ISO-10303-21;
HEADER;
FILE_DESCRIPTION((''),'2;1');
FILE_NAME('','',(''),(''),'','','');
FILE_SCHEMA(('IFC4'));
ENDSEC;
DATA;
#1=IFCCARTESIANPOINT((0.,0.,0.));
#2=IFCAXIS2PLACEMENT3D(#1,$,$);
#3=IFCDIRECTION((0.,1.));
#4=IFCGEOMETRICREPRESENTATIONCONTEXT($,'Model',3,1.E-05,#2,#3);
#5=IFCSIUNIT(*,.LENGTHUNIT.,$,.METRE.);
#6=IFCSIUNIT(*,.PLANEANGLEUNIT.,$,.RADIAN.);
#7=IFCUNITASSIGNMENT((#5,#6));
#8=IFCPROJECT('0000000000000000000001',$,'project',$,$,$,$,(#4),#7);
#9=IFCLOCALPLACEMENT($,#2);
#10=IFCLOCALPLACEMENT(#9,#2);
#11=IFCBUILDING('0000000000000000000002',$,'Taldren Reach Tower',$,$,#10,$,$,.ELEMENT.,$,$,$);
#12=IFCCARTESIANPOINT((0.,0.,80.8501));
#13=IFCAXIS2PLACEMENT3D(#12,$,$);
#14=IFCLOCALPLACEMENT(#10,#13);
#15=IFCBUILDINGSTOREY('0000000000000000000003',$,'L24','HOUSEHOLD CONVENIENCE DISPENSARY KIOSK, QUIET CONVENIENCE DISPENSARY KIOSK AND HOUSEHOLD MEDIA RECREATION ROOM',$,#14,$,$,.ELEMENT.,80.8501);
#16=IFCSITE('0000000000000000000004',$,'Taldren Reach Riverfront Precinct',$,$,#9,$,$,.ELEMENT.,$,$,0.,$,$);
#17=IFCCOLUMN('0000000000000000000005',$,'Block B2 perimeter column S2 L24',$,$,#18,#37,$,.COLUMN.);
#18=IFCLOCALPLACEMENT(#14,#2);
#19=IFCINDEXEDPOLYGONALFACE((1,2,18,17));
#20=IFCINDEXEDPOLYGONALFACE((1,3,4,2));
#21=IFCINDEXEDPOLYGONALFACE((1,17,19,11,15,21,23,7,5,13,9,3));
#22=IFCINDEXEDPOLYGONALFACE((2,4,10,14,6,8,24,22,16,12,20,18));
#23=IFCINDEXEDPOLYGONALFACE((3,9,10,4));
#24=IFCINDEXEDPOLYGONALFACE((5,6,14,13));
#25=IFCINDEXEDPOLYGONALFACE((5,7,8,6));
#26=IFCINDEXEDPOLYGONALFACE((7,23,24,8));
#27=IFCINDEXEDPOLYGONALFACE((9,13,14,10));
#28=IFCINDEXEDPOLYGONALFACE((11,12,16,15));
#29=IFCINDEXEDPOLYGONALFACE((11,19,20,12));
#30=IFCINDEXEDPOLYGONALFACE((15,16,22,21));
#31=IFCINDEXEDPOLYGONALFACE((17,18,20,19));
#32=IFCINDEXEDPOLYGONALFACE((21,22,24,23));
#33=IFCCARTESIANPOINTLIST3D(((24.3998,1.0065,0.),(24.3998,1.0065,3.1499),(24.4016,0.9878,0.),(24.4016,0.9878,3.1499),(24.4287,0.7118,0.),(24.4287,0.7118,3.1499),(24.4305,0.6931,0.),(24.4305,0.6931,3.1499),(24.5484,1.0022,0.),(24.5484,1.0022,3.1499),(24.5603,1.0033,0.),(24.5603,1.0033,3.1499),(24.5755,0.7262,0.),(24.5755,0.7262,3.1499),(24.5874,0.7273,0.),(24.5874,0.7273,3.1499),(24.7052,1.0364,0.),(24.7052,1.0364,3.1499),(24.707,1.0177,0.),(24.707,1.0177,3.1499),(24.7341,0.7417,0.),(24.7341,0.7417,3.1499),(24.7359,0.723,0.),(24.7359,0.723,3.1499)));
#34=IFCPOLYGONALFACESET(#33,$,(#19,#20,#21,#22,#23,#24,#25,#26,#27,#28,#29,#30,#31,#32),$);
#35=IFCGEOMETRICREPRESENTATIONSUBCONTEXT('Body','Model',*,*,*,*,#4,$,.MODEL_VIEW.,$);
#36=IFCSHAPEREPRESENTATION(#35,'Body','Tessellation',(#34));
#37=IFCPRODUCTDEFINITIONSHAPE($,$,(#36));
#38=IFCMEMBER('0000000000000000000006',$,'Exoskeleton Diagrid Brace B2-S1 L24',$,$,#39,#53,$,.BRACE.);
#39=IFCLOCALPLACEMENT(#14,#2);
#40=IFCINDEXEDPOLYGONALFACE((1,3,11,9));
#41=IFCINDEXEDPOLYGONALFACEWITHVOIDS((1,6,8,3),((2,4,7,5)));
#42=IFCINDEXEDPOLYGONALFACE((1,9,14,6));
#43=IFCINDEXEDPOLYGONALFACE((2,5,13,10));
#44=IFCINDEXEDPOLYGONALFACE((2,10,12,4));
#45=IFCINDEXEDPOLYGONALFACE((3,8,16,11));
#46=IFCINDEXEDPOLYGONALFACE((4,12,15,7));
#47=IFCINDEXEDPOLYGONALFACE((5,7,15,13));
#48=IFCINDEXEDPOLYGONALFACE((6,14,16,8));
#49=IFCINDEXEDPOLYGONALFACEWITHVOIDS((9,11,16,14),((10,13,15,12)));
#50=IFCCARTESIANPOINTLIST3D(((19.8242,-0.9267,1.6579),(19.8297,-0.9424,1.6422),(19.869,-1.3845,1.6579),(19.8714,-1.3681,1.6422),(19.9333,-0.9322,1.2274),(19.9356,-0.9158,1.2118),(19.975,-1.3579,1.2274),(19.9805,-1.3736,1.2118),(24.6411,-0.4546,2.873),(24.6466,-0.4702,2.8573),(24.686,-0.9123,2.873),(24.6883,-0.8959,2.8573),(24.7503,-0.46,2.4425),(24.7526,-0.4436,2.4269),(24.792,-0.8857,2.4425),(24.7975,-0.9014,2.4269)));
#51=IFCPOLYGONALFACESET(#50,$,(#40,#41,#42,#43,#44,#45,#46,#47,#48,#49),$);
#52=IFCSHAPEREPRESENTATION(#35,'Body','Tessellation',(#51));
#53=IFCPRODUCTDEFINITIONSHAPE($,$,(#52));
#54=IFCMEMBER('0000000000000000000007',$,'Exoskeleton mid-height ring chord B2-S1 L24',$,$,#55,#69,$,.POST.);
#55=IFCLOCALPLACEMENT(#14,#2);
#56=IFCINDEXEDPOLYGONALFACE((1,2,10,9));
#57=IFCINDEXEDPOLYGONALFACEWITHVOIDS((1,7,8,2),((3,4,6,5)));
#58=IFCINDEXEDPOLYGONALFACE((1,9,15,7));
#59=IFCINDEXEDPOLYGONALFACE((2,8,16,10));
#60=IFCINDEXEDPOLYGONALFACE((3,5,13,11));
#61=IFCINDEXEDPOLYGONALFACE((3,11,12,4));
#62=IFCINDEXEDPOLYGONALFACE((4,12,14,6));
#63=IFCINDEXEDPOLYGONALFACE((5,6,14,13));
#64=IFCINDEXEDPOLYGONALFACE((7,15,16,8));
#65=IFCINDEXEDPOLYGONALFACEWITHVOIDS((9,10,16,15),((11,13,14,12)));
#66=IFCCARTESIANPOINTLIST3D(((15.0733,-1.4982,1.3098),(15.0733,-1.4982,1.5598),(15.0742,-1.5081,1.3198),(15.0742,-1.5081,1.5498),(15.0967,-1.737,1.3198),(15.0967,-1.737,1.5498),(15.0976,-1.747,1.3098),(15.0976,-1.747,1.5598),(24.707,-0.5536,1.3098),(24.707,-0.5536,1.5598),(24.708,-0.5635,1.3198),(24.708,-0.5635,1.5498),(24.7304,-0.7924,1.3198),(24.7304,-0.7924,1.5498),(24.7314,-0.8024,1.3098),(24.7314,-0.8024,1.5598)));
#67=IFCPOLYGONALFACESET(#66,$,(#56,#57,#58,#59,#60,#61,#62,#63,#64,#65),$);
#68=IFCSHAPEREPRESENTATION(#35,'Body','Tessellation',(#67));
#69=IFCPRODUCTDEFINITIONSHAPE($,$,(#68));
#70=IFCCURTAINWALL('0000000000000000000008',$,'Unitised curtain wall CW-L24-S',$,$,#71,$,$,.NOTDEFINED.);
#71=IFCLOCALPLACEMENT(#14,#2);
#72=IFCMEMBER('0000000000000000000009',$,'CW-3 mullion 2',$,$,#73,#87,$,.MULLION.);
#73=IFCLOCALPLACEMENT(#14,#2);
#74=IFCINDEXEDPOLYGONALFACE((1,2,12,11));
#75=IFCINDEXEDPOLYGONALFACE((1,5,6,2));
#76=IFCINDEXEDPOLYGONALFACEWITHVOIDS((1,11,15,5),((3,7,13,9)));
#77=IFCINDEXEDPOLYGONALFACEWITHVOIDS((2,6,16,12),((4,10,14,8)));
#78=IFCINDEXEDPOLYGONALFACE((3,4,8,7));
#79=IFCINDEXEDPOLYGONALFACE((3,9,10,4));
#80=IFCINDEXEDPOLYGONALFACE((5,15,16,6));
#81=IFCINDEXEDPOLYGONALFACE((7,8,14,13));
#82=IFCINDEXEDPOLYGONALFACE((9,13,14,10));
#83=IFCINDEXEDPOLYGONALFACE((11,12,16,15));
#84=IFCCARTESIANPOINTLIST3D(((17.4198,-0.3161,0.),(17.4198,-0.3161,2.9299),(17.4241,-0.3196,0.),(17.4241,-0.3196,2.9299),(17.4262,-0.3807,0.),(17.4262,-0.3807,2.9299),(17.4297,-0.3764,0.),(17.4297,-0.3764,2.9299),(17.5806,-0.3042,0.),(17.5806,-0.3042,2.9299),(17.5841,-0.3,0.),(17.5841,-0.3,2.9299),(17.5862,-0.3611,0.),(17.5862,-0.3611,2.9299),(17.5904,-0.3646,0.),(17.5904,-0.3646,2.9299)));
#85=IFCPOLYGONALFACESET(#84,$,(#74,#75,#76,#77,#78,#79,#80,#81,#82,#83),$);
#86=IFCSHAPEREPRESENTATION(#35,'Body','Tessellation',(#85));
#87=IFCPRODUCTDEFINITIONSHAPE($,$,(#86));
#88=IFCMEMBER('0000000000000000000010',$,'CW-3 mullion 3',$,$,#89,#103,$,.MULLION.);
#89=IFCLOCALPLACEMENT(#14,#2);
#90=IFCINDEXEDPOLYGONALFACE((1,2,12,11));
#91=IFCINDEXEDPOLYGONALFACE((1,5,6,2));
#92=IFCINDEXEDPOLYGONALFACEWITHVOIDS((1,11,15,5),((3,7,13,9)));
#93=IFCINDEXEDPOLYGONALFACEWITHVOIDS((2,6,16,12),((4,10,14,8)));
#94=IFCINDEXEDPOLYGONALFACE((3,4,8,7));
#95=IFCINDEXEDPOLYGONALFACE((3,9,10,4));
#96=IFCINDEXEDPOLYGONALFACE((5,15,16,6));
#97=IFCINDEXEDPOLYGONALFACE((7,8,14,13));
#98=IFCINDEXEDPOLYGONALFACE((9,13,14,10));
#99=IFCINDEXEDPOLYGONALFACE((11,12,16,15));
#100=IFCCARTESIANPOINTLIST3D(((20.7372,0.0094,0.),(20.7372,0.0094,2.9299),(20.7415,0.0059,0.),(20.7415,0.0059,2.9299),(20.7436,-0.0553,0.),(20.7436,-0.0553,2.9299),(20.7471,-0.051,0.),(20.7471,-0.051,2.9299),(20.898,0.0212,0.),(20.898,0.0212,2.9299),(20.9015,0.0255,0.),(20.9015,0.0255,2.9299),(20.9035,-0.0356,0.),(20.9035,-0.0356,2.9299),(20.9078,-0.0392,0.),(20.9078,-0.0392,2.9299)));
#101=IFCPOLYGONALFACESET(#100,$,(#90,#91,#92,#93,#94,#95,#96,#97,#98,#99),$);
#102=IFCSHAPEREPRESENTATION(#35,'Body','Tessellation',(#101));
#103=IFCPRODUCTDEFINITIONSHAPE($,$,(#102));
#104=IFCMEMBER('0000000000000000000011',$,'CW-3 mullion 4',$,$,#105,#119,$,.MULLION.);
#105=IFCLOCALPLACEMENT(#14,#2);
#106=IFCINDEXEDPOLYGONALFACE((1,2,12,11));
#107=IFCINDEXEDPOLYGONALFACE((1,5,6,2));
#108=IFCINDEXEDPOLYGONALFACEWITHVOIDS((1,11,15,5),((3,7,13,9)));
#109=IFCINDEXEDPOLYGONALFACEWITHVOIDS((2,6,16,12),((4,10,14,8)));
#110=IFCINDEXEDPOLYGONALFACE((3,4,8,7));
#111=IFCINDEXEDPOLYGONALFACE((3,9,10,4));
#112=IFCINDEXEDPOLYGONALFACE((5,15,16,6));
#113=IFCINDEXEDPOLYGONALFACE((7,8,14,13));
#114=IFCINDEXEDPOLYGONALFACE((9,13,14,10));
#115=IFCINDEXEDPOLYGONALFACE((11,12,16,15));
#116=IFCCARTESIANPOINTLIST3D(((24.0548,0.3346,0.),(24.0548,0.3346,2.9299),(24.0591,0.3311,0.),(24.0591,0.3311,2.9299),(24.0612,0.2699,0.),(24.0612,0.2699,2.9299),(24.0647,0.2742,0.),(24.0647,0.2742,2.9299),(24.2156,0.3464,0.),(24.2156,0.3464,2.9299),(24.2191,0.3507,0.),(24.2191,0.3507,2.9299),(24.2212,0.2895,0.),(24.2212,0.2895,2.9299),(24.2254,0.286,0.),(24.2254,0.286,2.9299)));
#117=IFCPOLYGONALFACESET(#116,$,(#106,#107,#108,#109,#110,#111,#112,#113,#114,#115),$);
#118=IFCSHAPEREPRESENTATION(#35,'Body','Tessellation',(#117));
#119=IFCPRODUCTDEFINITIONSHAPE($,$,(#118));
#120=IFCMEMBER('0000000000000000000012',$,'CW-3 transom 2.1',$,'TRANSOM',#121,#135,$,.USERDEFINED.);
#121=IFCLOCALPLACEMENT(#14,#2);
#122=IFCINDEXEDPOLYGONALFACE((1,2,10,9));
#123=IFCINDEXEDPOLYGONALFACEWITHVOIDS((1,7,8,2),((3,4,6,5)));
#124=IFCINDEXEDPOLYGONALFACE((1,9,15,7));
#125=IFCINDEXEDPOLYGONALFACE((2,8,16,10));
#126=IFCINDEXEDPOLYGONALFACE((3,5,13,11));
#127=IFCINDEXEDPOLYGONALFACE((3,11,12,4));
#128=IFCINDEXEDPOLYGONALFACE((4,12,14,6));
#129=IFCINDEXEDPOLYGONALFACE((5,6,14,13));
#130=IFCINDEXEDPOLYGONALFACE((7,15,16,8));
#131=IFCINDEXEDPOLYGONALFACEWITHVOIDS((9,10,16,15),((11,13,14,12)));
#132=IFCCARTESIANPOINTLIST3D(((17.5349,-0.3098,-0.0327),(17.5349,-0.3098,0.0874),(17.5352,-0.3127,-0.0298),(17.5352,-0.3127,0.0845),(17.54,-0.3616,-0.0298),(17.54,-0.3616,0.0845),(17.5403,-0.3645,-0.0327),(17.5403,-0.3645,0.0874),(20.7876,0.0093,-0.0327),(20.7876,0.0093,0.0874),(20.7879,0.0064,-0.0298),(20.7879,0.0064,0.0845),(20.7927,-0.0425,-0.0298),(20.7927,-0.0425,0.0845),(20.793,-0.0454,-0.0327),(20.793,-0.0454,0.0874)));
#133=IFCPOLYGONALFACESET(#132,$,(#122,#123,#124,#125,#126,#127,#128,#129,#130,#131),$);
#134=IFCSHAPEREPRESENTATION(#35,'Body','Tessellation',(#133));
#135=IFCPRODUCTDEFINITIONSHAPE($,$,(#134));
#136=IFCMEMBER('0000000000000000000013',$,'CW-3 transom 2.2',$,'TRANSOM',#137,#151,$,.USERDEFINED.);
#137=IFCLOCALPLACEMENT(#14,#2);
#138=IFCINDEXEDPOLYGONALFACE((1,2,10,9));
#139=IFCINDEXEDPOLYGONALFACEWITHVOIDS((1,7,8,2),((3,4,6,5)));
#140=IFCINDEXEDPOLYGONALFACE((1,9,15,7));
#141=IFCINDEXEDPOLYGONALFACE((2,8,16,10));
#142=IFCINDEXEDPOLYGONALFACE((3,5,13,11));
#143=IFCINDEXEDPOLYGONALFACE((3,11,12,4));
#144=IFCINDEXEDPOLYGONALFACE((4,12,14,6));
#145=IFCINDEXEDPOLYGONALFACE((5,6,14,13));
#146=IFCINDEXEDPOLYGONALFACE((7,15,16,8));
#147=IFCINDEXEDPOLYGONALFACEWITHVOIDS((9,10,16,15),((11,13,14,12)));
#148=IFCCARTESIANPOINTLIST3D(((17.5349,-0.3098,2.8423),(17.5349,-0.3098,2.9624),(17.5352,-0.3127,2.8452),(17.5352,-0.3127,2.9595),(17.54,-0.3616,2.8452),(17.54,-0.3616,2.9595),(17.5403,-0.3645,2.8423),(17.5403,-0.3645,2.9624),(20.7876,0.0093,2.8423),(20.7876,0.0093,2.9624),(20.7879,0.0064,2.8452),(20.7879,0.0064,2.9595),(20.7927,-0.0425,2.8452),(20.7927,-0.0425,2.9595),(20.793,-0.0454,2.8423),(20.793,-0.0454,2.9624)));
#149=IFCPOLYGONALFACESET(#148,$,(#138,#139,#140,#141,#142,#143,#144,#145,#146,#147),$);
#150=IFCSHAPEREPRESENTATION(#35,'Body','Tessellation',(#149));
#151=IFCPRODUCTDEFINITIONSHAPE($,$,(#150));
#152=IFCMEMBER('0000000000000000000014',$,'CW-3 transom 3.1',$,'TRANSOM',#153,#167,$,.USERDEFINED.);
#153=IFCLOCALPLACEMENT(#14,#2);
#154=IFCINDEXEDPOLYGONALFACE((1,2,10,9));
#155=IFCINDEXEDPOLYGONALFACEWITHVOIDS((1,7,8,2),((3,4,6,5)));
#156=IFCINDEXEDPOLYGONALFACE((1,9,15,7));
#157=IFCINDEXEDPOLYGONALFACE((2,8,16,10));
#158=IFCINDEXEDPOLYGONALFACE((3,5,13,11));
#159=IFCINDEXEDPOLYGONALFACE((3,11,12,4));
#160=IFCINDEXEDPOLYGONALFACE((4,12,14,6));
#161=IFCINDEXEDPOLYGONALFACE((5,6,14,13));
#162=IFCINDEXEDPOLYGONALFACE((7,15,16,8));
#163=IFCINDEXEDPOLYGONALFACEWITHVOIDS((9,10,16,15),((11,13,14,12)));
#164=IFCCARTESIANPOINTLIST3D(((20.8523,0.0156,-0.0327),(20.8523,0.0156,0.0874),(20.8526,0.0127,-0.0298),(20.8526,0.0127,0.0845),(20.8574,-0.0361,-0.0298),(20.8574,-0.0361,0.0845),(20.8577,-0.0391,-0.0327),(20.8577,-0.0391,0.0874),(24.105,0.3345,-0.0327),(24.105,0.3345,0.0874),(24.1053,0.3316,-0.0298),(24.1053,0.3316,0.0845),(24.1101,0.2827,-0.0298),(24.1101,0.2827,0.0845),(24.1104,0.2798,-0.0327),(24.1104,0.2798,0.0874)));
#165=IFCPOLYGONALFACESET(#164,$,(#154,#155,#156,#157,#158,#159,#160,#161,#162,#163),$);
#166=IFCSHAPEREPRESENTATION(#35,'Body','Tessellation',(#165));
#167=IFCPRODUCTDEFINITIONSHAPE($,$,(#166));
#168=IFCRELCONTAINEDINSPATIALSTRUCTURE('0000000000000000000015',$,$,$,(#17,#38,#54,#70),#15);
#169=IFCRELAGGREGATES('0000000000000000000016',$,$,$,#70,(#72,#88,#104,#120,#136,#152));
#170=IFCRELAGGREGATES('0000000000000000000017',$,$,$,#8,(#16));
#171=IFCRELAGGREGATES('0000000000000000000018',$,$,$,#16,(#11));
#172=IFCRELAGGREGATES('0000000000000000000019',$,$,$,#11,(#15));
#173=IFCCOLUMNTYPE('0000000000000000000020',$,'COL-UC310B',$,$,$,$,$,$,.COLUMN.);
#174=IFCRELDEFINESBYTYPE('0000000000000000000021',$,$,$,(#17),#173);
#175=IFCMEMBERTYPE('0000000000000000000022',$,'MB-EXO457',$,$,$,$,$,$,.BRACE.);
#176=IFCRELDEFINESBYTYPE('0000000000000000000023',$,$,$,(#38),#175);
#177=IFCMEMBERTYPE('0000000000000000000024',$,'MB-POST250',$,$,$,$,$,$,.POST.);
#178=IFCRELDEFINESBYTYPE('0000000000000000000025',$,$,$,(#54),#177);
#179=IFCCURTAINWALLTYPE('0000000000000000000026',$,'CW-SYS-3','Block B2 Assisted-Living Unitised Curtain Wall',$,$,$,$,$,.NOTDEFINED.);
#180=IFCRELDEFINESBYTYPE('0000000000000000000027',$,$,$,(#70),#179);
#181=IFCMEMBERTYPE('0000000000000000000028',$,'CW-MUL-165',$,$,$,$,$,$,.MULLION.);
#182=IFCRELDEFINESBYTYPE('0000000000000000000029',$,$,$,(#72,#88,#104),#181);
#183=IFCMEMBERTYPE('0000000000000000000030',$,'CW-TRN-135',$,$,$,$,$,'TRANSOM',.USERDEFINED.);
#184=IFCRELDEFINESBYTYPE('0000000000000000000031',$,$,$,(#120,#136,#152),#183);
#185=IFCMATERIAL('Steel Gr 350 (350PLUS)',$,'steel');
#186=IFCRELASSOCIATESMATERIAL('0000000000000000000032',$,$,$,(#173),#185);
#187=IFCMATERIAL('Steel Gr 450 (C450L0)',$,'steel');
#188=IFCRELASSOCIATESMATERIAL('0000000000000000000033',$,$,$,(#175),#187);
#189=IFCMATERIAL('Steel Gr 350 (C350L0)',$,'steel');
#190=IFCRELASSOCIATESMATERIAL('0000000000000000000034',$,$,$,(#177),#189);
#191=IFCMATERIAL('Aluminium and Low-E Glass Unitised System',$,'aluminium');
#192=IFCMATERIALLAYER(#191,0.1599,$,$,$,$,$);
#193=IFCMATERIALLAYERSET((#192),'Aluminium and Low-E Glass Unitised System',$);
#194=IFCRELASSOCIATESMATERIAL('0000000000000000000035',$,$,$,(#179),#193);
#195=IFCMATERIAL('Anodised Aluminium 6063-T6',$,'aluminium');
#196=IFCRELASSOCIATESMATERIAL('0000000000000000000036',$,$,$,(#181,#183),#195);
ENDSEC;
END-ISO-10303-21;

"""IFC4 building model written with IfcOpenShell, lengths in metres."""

from ifc_helpers import new_model, si_unit, direction, frame, origin, origin_2d, place, context, subcontext, project, spatial, hollow_rectangle, i_section, extrude, source, transform, mapped, material, layer, layer_set, material_profile, profile_set, type_object, element, aggregate, save


model = new_model("IFC4")

# Units and contexts
model_context = context("Model", 3, precision=1e-05, world=origin(), true_north=direction((0.0, 1.0)))
body_context = subcontext(model_context, "Body", "Model", "MODEL_VIEW")
ifc_project = project(units=[si_unit("LENGTHUNIT", "METRE"), si_unit("PLANEANGLEUNIT", "RADIAN")], contexts=[model_context])

# Site, building, storey
site_placement = place(None, origin())
site = spatial("IfcSite", under=ifc_project, at=site_placement, Name="Taldren Reach Riverfront Precinct", CompositionType="ELEMENT", RefElevation=0.0)
building_placement = place(site_placement, origin())
building = spatial("IfcBuilding", under=site, at=building_placement, Name="Taldren Reach Tower", CompositionType="ELEMENT")
storey_placement = place(building_placement, frame((0.0, 0.0, 80.8501)))
storey = spatial("IfcBuildingStorey", under=building, at=storey_placement, Name="L24", Description="HOUSEHOLD CONVENIENCE DISPENSARY KIOSK, QUIET CONVENIENCE DISPENSARY KIOSK AND HOUSEHOLD MEDIA RECREATION ROOM", CompositionType="ELEMENT", Elevation=80.8501)

# Column
ifc_material_1 = material(Name="Steel Gr 350 (350PLUS)", Category="steel")
ifc_material_profile_1 = material_profile(ifc_material_1, i_section(OverallWidth=0.3069, OverallDepth=0.3149, WebThickness=0.012, FlangeThickness=0.0188, at=origin_2d()), Name="310UC118")
ifc_profile_set_1 = profile_set([ifc_material_profile_1], Name="Steel Gr 350 (350PLUS)")
column_type = type_object("IfcColumnType", Name="COL-UC310B", PredefinedType="COLUMN", material=ifc_profile_set_1)
shared_shape_1 = source(origin(), body_context, "Body", "SweptSolid", [
    extrude(i_section(OverallWidth=0.3069, OverallDepth=0.3149, WebThickness=0.012, FlangeThickness=0.0188, at=origin_2d()), origin(), (0.0, 0.0, 1.0), 3.1499),
])
column_placement = place(storey_placement, frame((24.5679, 0.8647, 0.0), z_axis=(0.0, 0.0, 1.0), x_axis=(0.995227, 0.097583, 0.0)))
element("IfcColumn", 1, at=column_placement, inside=storey, type_object=column_type, Name="Block B2 perimeter column S2 L24", PredefinedType="COLUMN", context=body_context, shape_type="MappedRepresentation", body=[
    mapped(shared_shape_1, transform((0.0, 0.0, 0.0), scale=1.0)),
])

# Members
ifc_material_2 = material(Name="Steel Gr 450 (C450L0)", Category="steel")
ifc_material_profile_2 = material_profile(ifc_material_2, hollow_rectangle(XDim=0.46, YDim=0.46, WallThickness=0.0161, at=origin_2d()), Name="460x460x16.0SHS")
ifc_profile_set_2 = profile_set([ifc_material_profile_2], Name="Steel Gr 450 (C450L0)")
member_type_1 = type_object("IfcMemberType", Name="MB-EXO457", PredefinedType="BRACE", material=ifc_profile_set_2)
shared_shape_2 = source(origin(), body_context, "Body", "SweptSolid", [
    extrude(hollow_rectangle(XDim=0.46, YDim=0.46, WallThickness=0.0161, at=origin_2d()), origin(), (0.0, 0.0, 1.0), 4.9902),
])
member_1_placement = place(storey_placement, frame((19.9023, -1.1501, 1.4348), z_axis=(0.965276, 0.09462, 0.243496), x_axis=(-0.097556, 0.99523, 0.0)))
element("IfcMember", 2, at=member_1_placement, inside=storey, type_object=member_type_1, Name="Exoskeleton Diagrid Brace B2-S1 L24", PredefinedType="BRACE", context=body_context, shape_type="MappedRepresentation", body=[
    mapped(shared_shape_2, transform((0.0, 0.0, 0.0), scale=1.0)),
])
ifc_material_3 = material(Name="Steel Gr 350 (C350L0)", Category="steel")
ifc_material_profile_3 = material_profile(ifc_material_3, hollow_rectangle(XDim=0.25, YDim=0.25, WallThickness=0.01, at=origin_2d()), Name="250x250x10.0SHS")
ifc_profile_set_3 = profile_set([ifc_material_profile_3], Name="Steel Gr 350 (C350L0)")
member_type_2 = type_object("IfcMemberType", Name="MB-POST250", PredefinedType="POST", material=ifc_profile_set_3)
shared_shape_3 = source(origin(), body_context, "Body", "SweptSolid", [
    extrude(hollow_rectangle(XDim=0.25, YDim=0.25, WallThickness=0.01, at=origin_2d()), origin(), (0.0, 0.0, 1.0), 9.6799),
])
member_2_placement = place(storey_placement, frame((15.0854, -1.6226, 1.4348), z_axis=(0.995228, 0.097581, 0.0), x_axis=(-0.097581, 0.995228, 0.0)))
element("IfcMember", 3, at=member_2_placement, inside=storey, type_object=member_type_2, Name="Exoskeleton mid-height ring chord B2-S1 L24", PredefinedType="POST", context=body_context, shape_type="MappedRepresentation", body=[
    mapped(shared_shape_3, transform((0.0, 0.0, 0.0), scale=1.0)),
])

# Curtain wall, members
ifc_material_4 = material(Name="Aluminium and Low-E Glass Unitised System", Category="aluminium")
ifc_layer_1 = layer(ifc_material_4, 0.1599)
ifc_layer_set_1 = layer_set([ifc_layer_1], Name="Aluminium and Low-E Glass Unitised System")
curtain_wall_type = type_object("IfcCurtainWallType", Name="CW-SYS-3", Description="Block B2 Assisted-Living Unitised Curtain Wall", PredefinedType="NOTDEFINED", material=ifc_layer_set_1)
curtain_wall_placement = place(storey_placement, origin())
curtain_wall = element("IfcCurtainWall", 4, at=curtain_wall_placement, inside=storey, type_object=curtain_wall_type, Name="Unitised curtain wall CW-L24-S", PredefinedType="NOTDEFINED")
ifc_material_5 = material(Name="Anodised Aluminium 6063-T6", Category="aluminium")
ifc_material_profile_4 = material_profile(ifc_material_5, hollow_rectangle(XDim=0.0649, YDim=0.165, WallThickness=0.0039, at=origin_2d()), Name="ALU-165x65x4RHS")
ifc_profile_set_4 = profile_set([ifc_material_profile_4], Name="Anodised Aluminium 6063-T6")
member_type_3 = type_object("IfcMemberType", Name="CW-MUL-165", PredefinedType="MULLION", material=ifc_profile_set_4)
shared_shape_4 = source(origin(), body_context, "Body", "SweptSolid", [
    extrude(hollow_rectangle(XDim=0.0649, YDim=0.165, WallThickness=0.0039, at=origin_2d()), origin(), (0.0, 0.0, 1.0), 2.9299),
])
member_3_placement = place(storey_placement, frame((17.5051, -0.3403, 0.0), z_axis=(0.0, 0.0, 1.0), x_axis=(-0.097583, 0.995227, 0.0)))
member_3 = element("IfcMember", 5, at=member_3_placement, type_object=member_type_3, Name="CW-3 mullion 2", PredefinedType="MULLION", context=body_context, shape_type="MappedRepresentation", body=[
    mapped(shared_shape_4, transform((0.0, 0.0, 0.0), scale=1.0)),
])
member_4_placement = place(storey_placement, frame((20.8225, -0.0149, 0.0), z_axis=(0.0, 0.0, 1.0), x_axis=(-0.097583, 0.995227, 0.0)))
member_4 = element("IfcMember", 6, at=member_4_placement, type_object=member_type_3, Name="CW-3 mullion 3", PredefinedType="MULLION", context=body_context, shape_type="MappedRepresentation", body=[
    mapped(shared_shape_4, transform((0.0, 0.0, 0.0), scale=1.0)),
])
member_5_placement = place(storey_placement, frame((24.1401, 0.3103, 0.0), z_axis=(0.0, 0.0, 1.0), x_axis=(-0.097583, 0.995227, 0.0)))
member_5 = element("IfcMember", 7, at=member_5_placement, type_object=member_type_3, Name="CW-3 mullion 4", PredefinedType="MULLION", context=body_context, shape_type="MappedRepresentation", body=[
    mapped(shared_shape_4, transform((0.0, 0.0, 0.0), scale=1.0)),
])
ifc_material_profile_5 = material_profile(ifc_material_5, hollow_rectangle(XDim=0.0549, YDim=0.1201, WallThickness=0.0029, at=origin_2d()), Name="ALU-120x55x3RHS")
ifc_profile_set_5 = profile_set([ifc_material_profile_5], Name="Anodised Aluminium 6063-T6")
member_type_4 = type_object("IfcMemberType", Name="CW-TRN-135", ElementType="TRANSOM", PredefinedType="USERDEFINED", material=ifc_profile_set_5)
shared_shape_5 = source(origin(), body_context, "Body", "SweptSolid", [
    extrude(hollow_rectangle(XDim=0.0549, YDim=0.1201, WallThickness=0.0029, at=origin_2d()), origin(), (0.0, 0.0, 1.0), 3.2683),
])
member_6_placement = place(storey_placement, frame((17.5376, -0.3372, 0.0273), z_axis=(0.995223, 0.097632, 0.0), x_axis=(-0.097632, 0.995223, 0.0)))
member_6 = element("IfcMember", 8, at=member_6_placement, type_object=member_type_4, Name="CW-3 transom 2.1", ObjectType="TRANSOM", PredefinedType="USERDEFINED", context=body_context, shape_type="MappedRepresentation", body=[
    mapped(shared_shape_5, transform((0.0, 0.0, 0.0), scale=1.0)),
])
member_7_placement = place(storey_placement, frame((17.5376, -0.3372, 2.9023), z_axis=(0.995223, 0.097632, 0.0), x_axis=(-0.097632, 0.995223, 0.0)))
member_7 = element("IfcMember", 9, at=member_7_placement, type_object=member_type_4, Name="CW-3 transom 2.2", ObjectType="TRANSOM", PredefinedType="USERDEFINED", context=body_context, shape_type="MappedRepresentation", body=[
    mapped(shared_shape_5, transform((0.0, 0.0, 0.0), scale=1.0)),
])
member_8_placement = place(storey_placement, frame((20.855, -0.0117, 0.0273), z_axis=(0.99523, 0.097558, 0.0), x_axis=(-0.097558, 0.99523, 0.0)))
member_8 = element("IfcMember", 10, at=member_8_placement, type_object=member_type_4, Name="CW-3 transom 3.1", ObjectType="TRANSOM", PredefinedType="USERDEFINED", context=body_context, shape_type="MappedRepresentation", body=[
    mapped(shared_shape_5, transform((0.0, 0.0, 0.0), scale=1.0)),
])

aggregate(curtain_wall, [member_3, member_4, member_5, member_6, member_7, member_8])

save(model, "model.ifc")
